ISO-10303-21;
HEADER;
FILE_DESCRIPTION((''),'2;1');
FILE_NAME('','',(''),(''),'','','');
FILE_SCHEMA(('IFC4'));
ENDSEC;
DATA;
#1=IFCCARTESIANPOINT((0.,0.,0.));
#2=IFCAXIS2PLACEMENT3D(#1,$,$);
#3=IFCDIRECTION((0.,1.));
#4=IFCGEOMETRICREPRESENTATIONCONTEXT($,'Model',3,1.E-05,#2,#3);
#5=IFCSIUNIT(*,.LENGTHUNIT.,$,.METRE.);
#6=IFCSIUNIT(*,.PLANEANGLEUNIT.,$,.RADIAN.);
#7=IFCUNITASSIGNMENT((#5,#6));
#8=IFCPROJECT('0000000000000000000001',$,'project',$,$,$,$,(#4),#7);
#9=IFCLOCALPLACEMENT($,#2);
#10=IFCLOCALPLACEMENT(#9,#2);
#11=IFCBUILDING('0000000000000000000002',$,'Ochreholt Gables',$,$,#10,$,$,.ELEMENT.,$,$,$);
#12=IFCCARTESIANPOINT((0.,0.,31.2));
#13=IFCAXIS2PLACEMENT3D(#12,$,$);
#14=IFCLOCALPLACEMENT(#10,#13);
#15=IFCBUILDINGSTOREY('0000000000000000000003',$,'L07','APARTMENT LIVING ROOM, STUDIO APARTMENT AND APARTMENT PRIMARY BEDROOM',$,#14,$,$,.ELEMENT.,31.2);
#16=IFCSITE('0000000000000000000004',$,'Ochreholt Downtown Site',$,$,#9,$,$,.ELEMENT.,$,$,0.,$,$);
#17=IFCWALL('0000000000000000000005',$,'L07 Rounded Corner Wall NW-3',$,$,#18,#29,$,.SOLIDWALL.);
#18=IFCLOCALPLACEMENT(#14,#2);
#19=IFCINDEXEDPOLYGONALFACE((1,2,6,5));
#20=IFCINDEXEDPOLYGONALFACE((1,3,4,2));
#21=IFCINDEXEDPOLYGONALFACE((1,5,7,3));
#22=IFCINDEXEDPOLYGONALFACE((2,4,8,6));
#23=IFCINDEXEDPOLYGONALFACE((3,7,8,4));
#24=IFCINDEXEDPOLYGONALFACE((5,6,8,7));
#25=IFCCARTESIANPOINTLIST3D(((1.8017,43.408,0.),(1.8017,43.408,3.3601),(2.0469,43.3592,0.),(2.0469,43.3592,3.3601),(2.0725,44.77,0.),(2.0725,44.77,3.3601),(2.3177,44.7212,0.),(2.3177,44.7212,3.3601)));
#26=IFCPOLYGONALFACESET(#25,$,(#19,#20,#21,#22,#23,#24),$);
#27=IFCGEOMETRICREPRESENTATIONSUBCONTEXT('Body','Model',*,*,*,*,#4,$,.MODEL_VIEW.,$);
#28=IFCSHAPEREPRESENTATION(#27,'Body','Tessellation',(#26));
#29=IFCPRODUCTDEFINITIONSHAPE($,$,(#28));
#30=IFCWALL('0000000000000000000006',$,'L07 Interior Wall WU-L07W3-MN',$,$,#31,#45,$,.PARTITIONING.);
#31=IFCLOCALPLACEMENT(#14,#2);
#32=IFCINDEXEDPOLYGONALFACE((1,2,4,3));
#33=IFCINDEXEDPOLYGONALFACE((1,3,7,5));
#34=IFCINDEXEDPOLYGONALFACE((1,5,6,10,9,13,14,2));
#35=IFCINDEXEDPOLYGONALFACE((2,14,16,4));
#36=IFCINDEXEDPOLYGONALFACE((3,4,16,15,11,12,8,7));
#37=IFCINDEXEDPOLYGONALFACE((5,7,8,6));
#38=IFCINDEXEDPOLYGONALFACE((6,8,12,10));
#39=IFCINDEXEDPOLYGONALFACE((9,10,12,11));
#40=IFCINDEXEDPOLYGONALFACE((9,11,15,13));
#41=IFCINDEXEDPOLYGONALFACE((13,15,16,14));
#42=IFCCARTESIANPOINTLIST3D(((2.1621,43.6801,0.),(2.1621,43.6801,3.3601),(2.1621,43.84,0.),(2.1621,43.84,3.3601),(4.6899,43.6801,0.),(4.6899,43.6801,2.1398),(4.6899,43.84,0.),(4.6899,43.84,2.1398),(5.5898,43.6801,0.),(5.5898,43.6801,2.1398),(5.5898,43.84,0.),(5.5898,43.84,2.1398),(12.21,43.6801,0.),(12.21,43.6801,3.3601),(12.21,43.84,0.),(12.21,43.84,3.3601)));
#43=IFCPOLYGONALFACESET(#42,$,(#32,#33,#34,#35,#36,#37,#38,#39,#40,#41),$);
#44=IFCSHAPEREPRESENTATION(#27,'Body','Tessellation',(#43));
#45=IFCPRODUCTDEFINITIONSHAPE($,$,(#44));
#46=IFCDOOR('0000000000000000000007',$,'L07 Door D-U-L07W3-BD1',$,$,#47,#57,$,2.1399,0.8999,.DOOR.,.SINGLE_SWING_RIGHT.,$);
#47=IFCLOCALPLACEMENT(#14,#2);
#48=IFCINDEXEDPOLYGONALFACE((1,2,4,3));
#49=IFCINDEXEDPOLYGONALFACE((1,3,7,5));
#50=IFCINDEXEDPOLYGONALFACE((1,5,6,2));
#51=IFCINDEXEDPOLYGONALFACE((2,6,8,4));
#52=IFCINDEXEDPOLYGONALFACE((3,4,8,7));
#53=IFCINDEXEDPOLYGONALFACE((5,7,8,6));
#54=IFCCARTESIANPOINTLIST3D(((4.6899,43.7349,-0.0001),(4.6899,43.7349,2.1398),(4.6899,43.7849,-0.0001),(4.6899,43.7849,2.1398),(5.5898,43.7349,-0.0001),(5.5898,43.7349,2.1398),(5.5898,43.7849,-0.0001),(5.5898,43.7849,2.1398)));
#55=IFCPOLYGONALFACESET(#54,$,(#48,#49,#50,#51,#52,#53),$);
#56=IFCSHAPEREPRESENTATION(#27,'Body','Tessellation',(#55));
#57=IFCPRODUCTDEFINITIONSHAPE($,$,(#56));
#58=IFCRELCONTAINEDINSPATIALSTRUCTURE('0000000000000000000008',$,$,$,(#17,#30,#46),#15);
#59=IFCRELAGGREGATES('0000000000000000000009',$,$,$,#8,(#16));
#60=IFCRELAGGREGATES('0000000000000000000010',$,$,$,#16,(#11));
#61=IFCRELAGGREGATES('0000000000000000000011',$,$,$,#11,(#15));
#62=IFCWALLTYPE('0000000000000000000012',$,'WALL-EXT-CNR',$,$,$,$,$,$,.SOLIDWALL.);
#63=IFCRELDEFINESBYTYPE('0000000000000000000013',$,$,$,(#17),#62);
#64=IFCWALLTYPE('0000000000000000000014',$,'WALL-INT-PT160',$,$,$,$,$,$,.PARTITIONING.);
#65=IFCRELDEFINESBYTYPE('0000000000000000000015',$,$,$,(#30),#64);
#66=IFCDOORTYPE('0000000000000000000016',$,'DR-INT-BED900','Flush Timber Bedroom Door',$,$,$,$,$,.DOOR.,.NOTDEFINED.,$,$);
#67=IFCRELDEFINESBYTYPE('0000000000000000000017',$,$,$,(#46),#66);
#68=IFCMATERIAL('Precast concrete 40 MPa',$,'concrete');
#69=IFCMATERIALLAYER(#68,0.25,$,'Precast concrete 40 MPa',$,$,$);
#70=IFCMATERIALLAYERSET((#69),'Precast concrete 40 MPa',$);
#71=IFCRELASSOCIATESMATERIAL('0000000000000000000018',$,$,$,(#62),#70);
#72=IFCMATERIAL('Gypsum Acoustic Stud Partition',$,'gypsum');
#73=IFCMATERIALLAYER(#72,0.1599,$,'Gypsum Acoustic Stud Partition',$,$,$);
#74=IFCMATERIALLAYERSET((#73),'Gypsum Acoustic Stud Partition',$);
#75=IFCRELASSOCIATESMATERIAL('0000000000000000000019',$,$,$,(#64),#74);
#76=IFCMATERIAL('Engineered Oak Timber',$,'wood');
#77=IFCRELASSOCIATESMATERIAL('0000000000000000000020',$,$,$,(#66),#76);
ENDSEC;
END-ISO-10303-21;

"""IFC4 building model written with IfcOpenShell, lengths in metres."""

from ifc_helpers import new_model, si_unit, direction, frame, frame_2d, origin, place, context, subcontext, project, spatial, rectangle, extrude, material, layer, layer_set, type_object, element, fill, save


model = new_model("IFC4")

# Units and contexts
model_context = context("Model", 3, precision=1e-05, world=origin(), true_north=direction((0.0, 1.0)))
body_context = subcontext(model_context, "Body", "Model", "MODEL_VIEW")
ifc_project = project(units=[si_unit("LENGTHUNIT", "METRE"), si_unit("PLANEANGLEUNIT", "RADIAN")], contexts=[model_context])

# Site, building, storey
site_placement = place(None, origin())
site = spatial("IfcSite", under=ifc_project, at=site_placement, Name="Ochreholt Downtown Site", CompositionType="ELEMENT", RefElevation=0.0)
building_placement = place(site_placement, origin())
building = spatial("IfcBuilding", under=site, at=building_placement, Name="Ochreholt Gables", CompositionType="ELEMENT")
storey_placement = place(building_placement, frame((0.0, 0.0, 31.2)))
storey = spatial("IfcBuildingStorey", under=building, at=storey_placement, Name="L07", Description="APARTMENT LIVING ROOM, STUDIO APARTMENT AND APARTMENT PRIMARY BEDROOM", CompositionType="ELEMENT", Elevation=31.2)

# Shared definitions
ifc_material_1 = material(Name="Precast concrete 40 MPa", Category="concrete")

# Shared definitions
ifc_layer_1 = layer(ifc_material_1, 0.25, Name="Precast concrete 40 MPa")
ifc_layer_set_1 = layer_set([ifc_layer_1], Name="Precast concrete 40 MPa")
wall_type_1 = type_object("IfcWallType", Name="WALL-EXT-CNR", PredefinedType="SOLIDWALL", material=ifc_layer_set_1)

# Wall
wall_1_placement = place(storey_placement, frame((2.1951, 44.7456, 0.0), z_axis=(0.0, 0.0, 1.0), x_axis=(-0.194967, -0.98081, 0.0)))
element("IfcWall", 1, at=wall_1_placement, inside=storey, type_object=wall_type_1, Name="L07 Rounded Corner Wall NW-3", PredefinedType="SOLIDWALL", context=body_context, shape_type="SweptSolid", body=[
    extrude(rectangle(XDim=1.3887, YDim=0.25, at=frame_2d((0.6943, 0.0))), origin(), (0.0, 0.0, 1.0), 3.3601),
])

# Wall, opening, door
ifc_material_2 = material(Name="Gypsum Acoustic Stud Partition", Category="gypsum")
ifc_layer_2 = layer(ifc_material_2, 0.1599, Name="Gypsum Acoustic Stud Partition")
ifc_layer_set_2 = layer_set([ifc_layer_2], Name="Gypsum Acoustic Stud Partition")
wall_type_2 = type_object("IfcWallType", Name="WALL-INT-PT160", PredefinedType="PARTITIONING", material=ifc_layer_set_2)
wall_2_placement = place(storey_placement, frame((2.1621, 43.76, 0.0), z_axis=(0.0, 0.0, 1.0), x_axis=(1.0, 0.0, 0.0)))
wall_2 = element("IfcWall", 2, at=wall_2_placement, inside=storey, type_object=wall_type_2, Name="L07 Interior Wall WU-L07W3-MN", PredefinedType="PARTITIONING", context=body_context, shape_type="SweptSolid", body=[
    extrude(rectangle(XDim=10.0479, YDim=0.1599, at=frame_2d((5.0239, 0.0))), origin(), (0.0, 0.0, 1.0), 3.3601),
])
opening_1_placement = place(wall_2_placement, frame((2.5278, 0.0, 0.0)))
opening_1 = element("IfcOpeningElement", 3, at=opening_1_placement, cuts=wall_2, PredefinedType="OPENING", context=body_context, shape_type="SweptSolid", body=[
    extrude(rectangle(XDim=0.8999, YDim=2.1399, at=frame_2d((0.45, 1.0698))), frame((0.0, 0.0898, 0.0), z_axis=(0.0, -1.0, 0.0), x_axis=(1.0, 0.0, 0.0)), (0.0, 0.0, 1.0), 0.1799),
])
ifc_material_3 = material(Name="Engineered Oak Timber", Category="wood")
door_type = type_object("IfcDoorType", Name="DR-INT-BED900", Description="Flush Timber Bedroom Door", OperationType="NOTDEFINED", PredefinedType="DOOR", material=ifc_material_3)
door_placement = place(opening_1_placement, origin())
door = element("IfcDoor", 4, at=door_placement, inside=storey, type_object=door_type, Name="L07 Door D-U-L07W3-BD1", OperationType="SINGLE_SWING_RIGHT", OverallHeight=2.1399, OverallWidth=0.8999, PredefinedType="DOOR", context=body_context, shape_type="SweptSolid", body=[
    extrude(rectangle(XDim=0.8999, YDim=2.1399, at=frame_2d((0.45, 1.0698))), frame((0.0, 0.0249, 0.0), z_axis=(0.0, -1.0, 0.0), x_axis=(1.0, 0.0, 0.0)), (0.0, 0.0, 1.0), 0.05),
])
fill(opening_1, door)

save(model, "model.ifc")
